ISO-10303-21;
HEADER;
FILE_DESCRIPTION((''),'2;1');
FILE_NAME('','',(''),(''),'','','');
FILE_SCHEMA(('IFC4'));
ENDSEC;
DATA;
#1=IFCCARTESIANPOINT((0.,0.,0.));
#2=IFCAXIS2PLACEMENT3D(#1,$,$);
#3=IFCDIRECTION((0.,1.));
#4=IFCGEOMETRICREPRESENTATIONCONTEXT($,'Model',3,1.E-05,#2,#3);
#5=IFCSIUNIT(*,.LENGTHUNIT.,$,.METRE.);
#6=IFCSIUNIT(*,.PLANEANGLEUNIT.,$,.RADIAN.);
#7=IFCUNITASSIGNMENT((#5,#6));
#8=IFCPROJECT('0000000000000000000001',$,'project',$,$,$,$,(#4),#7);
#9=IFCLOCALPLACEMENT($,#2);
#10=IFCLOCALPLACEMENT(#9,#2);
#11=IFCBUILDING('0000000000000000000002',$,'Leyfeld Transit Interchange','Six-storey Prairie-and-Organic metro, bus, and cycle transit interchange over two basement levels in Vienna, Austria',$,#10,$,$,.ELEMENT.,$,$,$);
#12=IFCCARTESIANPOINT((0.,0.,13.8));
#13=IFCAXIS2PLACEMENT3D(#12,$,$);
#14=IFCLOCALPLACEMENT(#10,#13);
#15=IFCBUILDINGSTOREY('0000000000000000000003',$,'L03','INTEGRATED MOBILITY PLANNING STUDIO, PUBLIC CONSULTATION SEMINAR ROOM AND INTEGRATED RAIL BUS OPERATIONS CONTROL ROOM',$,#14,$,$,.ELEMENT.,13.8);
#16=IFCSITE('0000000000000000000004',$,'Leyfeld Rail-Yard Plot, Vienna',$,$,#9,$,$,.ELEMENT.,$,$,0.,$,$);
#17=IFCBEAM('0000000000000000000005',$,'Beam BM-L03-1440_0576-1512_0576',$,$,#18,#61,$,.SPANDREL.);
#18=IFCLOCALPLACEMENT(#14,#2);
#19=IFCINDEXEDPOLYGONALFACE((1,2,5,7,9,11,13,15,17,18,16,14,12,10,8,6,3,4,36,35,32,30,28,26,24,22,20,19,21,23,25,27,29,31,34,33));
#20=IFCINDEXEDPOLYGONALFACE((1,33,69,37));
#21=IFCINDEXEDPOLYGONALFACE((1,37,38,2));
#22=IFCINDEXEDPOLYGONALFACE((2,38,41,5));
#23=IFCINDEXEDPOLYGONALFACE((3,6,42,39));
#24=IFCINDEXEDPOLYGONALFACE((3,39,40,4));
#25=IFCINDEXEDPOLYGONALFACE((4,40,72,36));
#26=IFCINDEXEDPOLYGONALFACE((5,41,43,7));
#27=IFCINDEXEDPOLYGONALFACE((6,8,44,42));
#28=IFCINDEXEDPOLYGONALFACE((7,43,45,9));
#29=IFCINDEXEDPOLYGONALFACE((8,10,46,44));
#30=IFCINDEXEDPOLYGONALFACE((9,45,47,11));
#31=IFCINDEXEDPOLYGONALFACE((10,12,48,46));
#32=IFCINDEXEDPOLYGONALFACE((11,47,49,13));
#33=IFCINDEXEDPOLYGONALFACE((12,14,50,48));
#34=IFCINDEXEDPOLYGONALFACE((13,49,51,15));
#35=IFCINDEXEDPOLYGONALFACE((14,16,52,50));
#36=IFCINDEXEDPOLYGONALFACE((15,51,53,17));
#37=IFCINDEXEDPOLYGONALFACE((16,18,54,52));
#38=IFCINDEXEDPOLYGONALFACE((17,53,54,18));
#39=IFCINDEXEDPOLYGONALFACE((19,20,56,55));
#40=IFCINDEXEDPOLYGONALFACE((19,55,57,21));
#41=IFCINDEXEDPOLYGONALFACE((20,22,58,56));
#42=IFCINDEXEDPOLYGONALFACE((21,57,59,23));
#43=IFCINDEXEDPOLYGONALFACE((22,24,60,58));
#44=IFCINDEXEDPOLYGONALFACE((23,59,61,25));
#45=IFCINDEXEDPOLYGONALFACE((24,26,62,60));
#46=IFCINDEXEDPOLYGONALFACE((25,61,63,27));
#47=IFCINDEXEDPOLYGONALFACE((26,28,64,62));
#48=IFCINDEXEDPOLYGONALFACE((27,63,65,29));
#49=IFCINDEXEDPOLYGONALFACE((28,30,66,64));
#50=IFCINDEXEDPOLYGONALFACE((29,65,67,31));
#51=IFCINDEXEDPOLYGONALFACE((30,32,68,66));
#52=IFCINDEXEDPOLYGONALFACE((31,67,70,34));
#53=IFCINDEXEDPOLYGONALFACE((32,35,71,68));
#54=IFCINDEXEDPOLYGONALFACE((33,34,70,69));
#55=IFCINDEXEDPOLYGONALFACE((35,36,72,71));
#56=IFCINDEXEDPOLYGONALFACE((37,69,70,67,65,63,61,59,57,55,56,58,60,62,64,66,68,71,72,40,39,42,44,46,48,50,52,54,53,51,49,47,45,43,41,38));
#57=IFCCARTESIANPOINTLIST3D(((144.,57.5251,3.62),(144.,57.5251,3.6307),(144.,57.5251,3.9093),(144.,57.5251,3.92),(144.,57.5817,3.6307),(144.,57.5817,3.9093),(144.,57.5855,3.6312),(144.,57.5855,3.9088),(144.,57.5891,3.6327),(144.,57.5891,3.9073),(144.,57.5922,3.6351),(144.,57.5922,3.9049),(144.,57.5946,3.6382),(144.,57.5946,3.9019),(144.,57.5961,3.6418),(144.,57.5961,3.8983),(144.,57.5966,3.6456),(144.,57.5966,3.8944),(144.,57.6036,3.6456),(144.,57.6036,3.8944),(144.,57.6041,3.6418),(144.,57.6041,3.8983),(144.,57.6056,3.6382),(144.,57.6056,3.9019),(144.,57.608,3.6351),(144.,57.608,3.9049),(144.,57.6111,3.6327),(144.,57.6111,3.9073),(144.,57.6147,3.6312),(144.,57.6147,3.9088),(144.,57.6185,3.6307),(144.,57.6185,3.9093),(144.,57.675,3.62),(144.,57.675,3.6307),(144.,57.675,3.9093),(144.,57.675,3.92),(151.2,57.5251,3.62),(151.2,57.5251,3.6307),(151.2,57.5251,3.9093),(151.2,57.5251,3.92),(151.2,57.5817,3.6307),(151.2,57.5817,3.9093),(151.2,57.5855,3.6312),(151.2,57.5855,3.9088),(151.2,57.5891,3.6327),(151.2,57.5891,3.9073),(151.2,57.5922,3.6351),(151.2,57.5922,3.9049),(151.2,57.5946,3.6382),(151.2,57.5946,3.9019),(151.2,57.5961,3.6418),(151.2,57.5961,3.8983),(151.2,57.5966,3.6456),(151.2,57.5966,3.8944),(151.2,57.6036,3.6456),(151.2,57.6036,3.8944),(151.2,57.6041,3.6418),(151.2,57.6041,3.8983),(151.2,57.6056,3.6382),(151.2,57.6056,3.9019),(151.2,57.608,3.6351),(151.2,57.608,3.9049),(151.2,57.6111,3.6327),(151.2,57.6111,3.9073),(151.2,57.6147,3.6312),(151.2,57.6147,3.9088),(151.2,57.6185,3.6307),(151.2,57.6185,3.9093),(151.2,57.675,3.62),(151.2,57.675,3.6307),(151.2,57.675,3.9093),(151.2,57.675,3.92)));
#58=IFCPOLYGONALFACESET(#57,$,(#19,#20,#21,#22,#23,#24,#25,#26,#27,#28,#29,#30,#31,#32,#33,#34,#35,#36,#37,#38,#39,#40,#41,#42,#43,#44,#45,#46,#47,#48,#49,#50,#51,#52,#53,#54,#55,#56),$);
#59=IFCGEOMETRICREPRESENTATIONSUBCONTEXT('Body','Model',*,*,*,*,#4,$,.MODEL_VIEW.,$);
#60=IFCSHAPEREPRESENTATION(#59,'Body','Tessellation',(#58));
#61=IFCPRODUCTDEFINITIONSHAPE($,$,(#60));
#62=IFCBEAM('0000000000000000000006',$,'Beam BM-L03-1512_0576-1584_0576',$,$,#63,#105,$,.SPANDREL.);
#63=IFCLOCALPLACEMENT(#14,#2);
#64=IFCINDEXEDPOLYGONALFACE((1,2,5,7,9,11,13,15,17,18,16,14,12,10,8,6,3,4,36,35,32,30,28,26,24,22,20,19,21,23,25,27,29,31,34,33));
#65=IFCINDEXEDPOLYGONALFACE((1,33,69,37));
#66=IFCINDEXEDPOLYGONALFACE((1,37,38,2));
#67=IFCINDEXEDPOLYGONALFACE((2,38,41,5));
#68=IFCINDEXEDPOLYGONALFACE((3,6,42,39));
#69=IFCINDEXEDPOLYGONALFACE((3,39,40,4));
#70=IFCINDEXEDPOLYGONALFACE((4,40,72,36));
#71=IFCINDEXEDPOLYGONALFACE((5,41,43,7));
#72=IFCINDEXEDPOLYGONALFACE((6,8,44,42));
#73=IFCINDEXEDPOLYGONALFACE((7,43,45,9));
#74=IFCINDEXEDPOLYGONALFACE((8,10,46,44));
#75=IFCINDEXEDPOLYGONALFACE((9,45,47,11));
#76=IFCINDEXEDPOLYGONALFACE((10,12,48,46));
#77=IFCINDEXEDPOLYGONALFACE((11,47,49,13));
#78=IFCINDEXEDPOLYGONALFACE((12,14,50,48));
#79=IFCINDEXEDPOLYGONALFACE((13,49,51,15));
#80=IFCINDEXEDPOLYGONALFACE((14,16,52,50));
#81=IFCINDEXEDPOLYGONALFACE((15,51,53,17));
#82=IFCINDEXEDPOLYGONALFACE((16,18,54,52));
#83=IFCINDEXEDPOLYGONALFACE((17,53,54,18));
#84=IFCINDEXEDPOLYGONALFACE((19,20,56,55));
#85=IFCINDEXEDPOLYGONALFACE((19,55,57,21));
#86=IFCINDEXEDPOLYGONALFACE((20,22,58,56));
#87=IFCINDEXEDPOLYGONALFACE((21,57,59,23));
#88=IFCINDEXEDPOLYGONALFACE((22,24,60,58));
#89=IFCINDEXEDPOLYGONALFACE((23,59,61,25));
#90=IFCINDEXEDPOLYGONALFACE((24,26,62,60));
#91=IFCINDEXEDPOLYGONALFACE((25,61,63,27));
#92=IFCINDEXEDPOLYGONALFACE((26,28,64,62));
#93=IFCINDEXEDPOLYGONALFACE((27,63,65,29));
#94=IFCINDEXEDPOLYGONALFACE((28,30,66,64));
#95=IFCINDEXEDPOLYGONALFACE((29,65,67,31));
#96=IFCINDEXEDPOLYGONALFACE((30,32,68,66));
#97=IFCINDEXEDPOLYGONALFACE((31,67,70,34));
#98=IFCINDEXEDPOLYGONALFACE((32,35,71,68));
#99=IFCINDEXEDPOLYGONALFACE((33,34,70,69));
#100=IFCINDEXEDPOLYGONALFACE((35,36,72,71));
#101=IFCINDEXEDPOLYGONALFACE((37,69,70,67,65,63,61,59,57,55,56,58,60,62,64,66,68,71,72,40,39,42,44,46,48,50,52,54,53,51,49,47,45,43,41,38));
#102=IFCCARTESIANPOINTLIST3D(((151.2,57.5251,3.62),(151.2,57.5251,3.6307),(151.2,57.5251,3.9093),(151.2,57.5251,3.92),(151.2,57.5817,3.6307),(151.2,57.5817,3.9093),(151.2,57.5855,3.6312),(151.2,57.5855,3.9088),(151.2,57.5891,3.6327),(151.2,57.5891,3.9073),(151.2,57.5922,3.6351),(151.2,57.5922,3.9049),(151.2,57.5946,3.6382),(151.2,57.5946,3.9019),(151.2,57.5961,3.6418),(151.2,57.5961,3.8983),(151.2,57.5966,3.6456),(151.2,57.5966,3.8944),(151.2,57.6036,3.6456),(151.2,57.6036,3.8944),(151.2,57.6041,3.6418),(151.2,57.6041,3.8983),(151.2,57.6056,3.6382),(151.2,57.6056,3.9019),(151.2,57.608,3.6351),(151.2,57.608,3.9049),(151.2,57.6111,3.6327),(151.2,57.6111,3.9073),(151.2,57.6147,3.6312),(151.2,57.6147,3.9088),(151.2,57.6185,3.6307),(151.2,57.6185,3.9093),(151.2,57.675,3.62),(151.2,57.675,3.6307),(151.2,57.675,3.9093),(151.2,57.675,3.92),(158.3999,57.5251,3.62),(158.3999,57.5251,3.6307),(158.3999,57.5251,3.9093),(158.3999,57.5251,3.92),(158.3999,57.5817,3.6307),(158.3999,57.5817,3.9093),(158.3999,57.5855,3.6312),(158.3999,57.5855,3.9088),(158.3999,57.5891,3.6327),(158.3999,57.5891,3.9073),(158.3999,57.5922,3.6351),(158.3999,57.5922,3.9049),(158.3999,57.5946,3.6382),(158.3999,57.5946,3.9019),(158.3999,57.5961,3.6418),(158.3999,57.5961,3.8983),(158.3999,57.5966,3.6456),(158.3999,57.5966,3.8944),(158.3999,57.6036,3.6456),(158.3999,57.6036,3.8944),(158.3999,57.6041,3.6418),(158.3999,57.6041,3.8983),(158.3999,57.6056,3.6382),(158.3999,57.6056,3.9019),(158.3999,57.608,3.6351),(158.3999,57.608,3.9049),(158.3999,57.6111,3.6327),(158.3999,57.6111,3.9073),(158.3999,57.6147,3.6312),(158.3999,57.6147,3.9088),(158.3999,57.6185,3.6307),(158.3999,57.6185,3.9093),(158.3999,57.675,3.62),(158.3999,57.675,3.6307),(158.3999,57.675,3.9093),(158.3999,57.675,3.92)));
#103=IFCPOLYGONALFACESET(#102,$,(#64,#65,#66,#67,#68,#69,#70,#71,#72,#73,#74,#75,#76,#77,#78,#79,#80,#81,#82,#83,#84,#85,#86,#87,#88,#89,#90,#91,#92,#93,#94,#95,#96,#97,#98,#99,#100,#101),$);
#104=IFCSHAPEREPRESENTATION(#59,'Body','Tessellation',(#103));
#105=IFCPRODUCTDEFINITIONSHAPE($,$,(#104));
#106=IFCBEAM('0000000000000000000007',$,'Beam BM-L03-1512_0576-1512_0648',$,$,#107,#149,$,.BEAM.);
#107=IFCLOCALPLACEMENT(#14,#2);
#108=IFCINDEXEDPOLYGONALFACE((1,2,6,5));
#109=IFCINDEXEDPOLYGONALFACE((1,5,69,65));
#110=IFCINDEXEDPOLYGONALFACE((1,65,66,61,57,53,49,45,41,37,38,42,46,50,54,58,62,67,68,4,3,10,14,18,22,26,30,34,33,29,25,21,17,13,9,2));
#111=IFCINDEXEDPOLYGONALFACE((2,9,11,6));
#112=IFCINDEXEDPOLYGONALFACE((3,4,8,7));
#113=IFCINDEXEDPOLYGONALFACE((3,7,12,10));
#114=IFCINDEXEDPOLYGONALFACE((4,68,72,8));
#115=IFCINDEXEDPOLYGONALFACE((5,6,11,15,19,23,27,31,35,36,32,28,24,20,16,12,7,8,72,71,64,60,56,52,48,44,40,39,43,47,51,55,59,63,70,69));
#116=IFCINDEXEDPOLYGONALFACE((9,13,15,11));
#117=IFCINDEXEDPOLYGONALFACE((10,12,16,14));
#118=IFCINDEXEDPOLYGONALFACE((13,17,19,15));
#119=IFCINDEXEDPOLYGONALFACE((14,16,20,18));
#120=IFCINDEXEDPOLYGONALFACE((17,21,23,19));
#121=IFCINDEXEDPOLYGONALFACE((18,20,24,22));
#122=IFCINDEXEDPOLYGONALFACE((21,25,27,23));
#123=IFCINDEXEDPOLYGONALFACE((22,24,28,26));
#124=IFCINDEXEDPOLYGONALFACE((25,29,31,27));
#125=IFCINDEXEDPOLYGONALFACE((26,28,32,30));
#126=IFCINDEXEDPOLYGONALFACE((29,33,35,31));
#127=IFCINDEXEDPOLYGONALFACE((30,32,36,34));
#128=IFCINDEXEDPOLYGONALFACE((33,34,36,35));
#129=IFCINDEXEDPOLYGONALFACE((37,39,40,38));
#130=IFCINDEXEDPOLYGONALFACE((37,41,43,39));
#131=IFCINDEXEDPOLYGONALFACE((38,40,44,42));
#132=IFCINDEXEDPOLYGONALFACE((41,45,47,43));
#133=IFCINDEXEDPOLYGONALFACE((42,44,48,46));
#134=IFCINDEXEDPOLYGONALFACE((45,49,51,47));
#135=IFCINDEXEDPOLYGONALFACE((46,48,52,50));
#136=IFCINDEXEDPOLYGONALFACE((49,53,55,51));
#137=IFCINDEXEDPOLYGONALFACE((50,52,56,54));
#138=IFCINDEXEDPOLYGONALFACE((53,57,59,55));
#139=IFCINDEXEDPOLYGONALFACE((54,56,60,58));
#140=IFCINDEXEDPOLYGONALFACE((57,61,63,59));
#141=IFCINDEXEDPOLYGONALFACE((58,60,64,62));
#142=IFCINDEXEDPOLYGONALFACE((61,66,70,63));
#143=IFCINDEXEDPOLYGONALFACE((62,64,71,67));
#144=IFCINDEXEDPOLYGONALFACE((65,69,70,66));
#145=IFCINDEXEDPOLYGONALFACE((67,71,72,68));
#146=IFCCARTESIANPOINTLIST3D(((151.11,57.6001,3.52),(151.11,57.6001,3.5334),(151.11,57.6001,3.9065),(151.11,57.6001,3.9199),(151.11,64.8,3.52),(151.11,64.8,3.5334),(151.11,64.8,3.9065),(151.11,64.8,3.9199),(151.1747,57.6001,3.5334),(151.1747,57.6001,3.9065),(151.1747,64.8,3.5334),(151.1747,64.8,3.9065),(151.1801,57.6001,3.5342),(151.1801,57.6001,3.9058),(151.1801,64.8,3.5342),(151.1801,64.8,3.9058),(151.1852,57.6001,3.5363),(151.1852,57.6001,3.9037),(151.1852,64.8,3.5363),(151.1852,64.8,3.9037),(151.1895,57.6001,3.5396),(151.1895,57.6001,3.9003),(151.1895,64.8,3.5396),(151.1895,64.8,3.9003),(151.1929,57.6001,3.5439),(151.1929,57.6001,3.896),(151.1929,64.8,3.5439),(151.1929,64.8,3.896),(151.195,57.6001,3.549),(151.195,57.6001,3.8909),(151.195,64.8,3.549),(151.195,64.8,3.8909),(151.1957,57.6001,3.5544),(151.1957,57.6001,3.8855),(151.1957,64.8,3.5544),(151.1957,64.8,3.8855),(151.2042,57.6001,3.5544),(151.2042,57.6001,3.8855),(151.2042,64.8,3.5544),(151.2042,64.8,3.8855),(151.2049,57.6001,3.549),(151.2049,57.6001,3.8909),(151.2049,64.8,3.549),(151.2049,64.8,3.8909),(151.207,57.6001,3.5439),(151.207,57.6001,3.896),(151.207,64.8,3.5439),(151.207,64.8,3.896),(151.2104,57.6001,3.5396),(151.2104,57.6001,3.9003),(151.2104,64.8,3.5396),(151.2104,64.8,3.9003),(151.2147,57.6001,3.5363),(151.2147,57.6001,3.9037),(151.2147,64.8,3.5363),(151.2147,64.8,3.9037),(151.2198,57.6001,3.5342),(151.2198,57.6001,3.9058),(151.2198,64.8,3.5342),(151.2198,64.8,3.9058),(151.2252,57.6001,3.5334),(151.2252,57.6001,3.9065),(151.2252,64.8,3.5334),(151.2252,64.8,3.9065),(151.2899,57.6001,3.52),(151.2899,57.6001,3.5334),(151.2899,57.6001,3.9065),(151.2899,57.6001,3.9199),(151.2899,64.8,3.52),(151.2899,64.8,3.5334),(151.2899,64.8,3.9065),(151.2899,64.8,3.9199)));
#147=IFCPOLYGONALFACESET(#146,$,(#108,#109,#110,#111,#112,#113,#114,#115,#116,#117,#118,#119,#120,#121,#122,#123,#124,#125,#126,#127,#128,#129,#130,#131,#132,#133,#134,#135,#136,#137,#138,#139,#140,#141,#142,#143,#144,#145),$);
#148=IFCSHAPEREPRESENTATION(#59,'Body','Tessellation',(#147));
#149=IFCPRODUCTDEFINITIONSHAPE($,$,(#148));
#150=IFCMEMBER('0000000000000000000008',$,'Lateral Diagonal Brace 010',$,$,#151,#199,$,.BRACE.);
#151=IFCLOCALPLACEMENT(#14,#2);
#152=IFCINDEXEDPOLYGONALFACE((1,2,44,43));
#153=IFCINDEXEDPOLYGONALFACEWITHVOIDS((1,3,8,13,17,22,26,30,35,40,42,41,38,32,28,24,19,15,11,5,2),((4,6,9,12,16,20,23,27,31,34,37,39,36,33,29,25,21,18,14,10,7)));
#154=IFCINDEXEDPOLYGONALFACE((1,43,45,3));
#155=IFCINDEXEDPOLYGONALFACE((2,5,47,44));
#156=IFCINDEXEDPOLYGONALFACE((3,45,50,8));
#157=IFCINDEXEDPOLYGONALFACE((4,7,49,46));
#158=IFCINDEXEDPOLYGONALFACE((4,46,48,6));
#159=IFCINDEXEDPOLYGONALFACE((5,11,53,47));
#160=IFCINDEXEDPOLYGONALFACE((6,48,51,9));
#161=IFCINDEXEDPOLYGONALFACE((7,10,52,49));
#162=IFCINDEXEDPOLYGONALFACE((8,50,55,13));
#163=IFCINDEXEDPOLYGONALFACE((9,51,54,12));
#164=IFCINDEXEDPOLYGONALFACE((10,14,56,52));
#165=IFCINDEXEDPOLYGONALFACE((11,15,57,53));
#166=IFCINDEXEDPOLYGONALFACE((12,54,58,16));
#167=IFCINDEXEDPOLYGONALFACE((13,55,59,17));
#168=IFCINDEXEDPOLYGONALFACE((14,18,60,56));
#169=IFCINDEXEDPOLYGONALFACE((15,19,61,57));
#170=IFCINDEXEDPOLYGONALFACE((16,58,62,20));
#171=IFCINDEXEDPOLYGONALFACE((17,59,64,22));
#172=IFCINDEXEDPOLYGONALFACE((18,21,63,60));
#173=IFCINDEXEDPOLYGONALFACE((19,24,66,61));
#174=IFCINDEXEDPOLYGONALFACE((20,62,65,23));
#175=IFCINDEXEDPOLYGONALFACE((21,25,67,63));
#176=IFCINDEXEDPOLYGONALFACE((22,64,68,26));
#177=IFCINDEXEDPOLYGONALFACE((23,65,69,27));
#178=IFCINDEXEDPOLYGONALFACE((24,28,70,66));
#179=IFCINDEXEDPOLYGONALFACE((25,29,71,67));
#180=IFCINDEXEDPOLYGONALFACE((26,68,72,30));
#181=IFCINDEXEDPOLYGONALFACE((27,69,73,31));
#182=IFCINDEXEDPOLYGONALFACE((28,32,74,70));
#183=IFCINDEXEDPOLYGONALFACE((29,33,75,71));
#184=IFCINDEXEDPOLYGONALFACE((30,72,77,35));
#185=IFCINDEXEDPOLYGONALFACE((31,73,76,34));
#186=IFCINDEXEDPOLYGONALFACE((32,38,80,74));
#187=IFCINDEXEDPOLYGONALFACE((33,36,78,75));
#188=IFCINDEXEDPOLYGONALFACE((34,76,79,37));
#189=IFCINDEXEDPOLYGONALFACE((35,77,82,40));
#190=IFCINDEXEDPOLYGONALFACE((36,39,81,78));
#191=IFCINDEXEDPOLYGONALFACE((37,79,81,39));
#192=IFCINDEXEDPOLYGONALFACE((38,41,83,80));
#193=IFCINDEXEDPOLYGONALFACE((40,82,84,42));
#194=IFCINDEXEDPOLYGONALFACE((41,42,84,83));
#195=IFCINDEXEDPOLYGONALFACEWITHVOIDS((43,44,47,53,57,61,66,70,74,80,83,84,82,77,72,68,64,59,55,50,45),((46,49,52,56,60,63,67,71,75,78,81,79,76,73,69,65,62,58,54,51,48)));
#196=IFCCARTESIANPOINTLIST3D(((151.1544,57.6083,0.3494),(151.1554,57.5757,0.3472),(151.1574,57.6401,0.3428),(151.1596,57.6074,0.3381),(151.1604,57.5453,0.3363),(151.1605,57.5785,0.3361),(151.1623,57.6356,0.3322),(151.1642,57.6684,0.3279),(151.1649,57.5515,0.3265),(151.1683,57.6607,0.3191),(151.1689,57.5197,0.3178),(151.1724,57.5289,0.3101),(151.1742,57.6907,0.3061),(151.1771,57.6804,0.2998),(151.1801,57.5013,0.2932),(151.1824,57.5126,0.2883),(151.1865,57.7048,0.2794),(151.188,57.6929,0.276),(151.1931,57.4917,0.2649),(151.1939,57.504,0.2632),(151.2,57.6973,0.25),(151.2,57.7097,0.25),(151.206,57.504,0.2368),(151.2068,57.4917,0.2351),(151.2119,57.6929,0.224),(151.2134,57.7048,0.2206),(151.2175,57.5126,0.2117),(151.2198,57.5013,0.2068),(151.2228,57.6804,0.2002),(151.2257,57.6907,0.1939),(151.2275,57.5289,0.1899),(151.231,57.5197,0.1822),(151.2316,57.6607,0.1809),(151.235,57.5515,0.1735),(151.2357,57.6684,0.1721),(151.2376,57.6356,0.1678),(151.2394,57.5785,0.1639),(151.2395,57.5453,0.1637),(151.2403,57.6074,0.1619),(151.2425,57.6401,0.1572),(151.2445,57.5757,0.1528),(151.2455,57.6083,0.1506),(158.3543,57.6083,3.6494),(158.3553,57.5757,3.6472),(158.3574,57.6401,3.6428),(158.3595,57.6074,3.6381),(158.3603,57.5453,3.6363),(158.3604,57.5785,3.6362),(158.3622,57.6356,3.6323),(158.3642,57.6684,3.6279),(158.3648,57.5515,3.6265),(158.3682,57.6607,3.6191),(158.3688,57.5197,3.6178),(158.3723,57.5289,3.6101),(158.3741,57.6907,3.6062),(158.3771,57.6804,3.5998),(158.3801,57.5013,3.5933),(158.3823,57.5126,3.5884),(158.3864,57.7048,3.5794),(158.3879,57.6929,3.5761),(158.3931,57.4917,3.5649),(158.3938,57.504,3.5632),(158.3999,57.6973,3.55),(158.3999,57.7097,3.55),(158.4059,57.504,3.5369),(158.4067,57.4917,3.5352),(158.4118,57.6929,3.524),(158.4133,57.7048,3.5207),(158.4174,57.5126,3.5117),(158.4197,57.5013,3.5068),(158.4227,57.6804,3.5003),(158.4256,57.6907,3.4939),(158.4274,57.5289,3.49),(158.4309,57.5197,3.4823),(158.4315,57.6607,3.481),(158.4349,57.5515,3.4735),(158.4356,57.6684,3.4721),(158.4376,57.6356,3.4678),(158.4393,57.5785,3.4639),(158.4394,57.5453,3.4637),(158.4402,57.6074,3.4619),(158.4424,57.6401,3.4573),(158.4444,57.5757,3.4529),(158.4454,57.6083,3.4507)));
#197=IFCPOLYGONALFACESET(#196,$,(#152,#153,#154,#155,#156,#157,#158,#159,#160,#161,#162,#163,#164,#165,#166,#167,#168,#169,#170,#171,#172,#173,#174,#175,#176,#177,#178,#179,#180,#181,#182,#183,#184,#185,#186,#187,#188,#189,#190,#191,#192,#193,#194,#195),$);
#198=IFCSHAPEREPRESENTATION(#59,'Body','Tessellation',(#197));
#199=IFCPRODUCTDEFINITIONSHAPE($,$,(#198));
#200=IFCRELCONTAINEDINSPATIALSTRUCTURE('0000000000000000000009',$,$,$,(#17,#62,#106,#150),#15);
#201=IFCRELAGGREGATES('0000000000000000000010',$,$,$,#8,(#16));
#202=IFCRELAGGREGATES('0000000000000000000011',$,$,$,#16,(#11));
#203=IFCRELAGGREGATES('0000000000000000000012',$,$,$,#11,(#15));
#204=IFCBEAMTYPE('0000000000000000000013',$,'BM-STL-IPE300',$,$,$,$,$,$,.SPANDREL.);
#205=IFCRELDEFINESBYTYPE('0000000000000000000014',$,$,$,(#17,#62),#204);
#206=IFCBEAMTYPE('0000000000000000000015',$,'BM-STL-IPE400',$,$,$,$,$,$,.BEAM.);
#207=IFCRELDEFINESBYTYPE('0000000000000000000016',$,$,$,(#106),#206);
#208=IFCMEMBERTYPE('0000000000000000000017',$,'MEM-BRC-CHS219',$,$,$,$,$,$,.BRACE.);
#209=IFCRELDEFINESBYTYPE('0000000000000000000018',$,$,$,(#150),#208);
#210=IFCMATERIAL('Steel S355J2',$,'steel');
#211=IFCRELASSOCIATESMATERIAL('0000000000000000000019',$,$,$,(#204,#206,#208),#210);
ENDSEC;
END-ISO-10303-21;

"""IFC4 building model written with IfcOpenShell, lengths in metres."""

from ifc_helpers import new_model, si_unit, direction, frame, origin, origin_2d, place, context, subcontext, project, spatial, hollow_circle, i_section, extrude, material, material_profile, profile_set, type_object, element, save


model = new_model("IFC4")

# Units and contexts
model_context = context("Model", 3, precision=1e-05, world=origin(), true_north=direction((0.0, 1.0)))
body_context = subcontext(model_context, "Body", "Model", "MODEL_VIEW")
ifc_project = project(units=[si_unit("LENGTHUNIT", "METRE"), si_unit("PLANEANGLEUNIT", "RADIAN")], contexts=[model_context])

# Site, building, storey
site_placement = place(None, origin())
site = spatial("IfcSite", under=ifc_project, at=site_placement, Name="Leyfeld Rail-Yard Plot, Vienna", CompositionType="ELEMENT", RefElevation=0.0)
building_placement = place(site_placement, origin())
building = spatial("IfcBuilding", under=site, at=building_placement, Name="Leyfeld Transit Interchange", Description="Six-storey Prairie-and-Organic metro, bus, and cycle transit interchange over two basement levels in Vienna, Austria", CompositionType="ELEMENT")
storey_placement = place(building_placement, frame((0.0, 0.0, 13.8)))
storey = spatial("IfcBuildingStorey", under=building, at=storey_placement, Name="L03", Description="INTEGRATED MOBILITY PLANNING STUDIO, PUBLIC CONSULTATION SEMINAR ROOM AND INTEGRATED RAIL BUS OPERATIONS CONTROL ROOM", CompositionType="ELEMENT", Elevation=13.8)

# Shared definitions
ifc_material_1 = material(Name="Steel S355J2", Category="steel")

# Beams
ifc_material_profile_1 = material_profile(ifc_material_1, i_section(OverallWidth=0.1499, OverallDepth=0.3, WebThickness=0.0071, FlangeThickness=0.0107, FilletRadius=0.0149, at=origin_2d()), Name="IPE 300")
ifc_profile_set_1 = profile_set([ifc_material_profile_1], Name="Steel S355J2")
beam_type_1 = type_object("IfcBeamType", Name="BM-STL-IPE300", PredefinedType="SPANDREL", material=ifc_profile_set_1)
for number, where, z_axis, x_axis, name in (
    (1, (144.0, 57.6001, 3.77), (1.0, 0.0, 0.0), (0.0, 1.0, 0.0), "Beam BM-L03-1440_0576-1512_0576"),
    (2, (151.2, 57.6001, 3.77), (1.0, 0.0, 0.0), (0.0, 1.0, 0.0), "Beam BM-L03-1512_0576-1584_0576"),
):
    element("IfcBeam", number, at=place(storey_placement, frame(where, z_axis=z_axis, x_axis=x_axis)), inside=storey, type_object=beam_type_1, Name=name, PredefinedType="SPANDREL", context=body_context, shape_type="SweptSolid", body=[
        extrude(i_section(OverallWidth=0.1499, OverallDepth=0.3, WebThickness=0.0071, FlangeThickness=0.0107, FilletRadius=0.0149, at=origin_2d()), origin(), (0.0, 0.0, 1.0), 7.2),
    ])
ifc_material_profile_2 = material_profile(ifc_material_1, i_section(OverallWidth=0.1799, OverallDepth=0.3999, WebThickness=0.0085, FlangeThickness=0.0134, FilletRadius=0.021, at=origin_2d()), Name="IPE 400")
ifc_profile_set_2 = profile_set([ifc_material_profile_2], Name="Steel S355J2")
beam_type_2 = type_object("IfcBeamType", Name="BM-STL-IPE400", PredefinedType="BEAM", material=ifc_profile_set_2)
beam_1_placement = place(storey_placement, frame((151.2, 57.6001, 3.72), z_axis=(0.0, 1.0, 0.0), x_axis=(-1.0, 0.0, 0.0)))
element("IfcBeam", 3, at=beam_1_placement, inside=storey, type_object=beam_type_2, Name="Beam BM-L03-1512_0576-1512_0648", PredefinedType="BEAM", context=body_context, shape_type="SweptSolid", body=[
    extrude(i_section(OverallWidth=0.1799, OverallDepth=0.3999, WebThickness=0.0085, FlangeThickness=0.0134, FilletRadius=0.021, at=origin_2d()), origin(), (0.0, 0.0, 1.0), 7.2),
])

# Member
ifc_material_profile_3 = material_profile(ifc_material_1, hollow_circle(Radius=0.1096, WallThickness=0.0125, at=origin_2d()), Name="CHS 219.1x12.5")
ifc_profile_set_3 = profile_set([ifc_material_profile_3], Name="Steel S355J2")
member_type = type_object("IfcMemberType", Name="MEM-BRC-CHS219", PredefinedType="BRACE", material=ifc_profile_set_3)
member_placement = place(storey_placement, frame((151.2, 57.6001, 0.25), z_axis=(0.909061, 0.0, 0.416662), x_axis=(0.0, 1.0, 0.0)))
element("IfcMember", 4, at=member_placement, inside=storey, type_object=member_type, Name="Lateral Diagonal Brace 010", PredefinedType="BRACE", context=body_context, shape_type="SweptSolid", body=[
    extrude(hollow_circle(Radius=0.1096, WallThickness=0.0125, at=origin_2d()), origin(), (0.0, 0.0, 1.0), 7.9202),
])

save(model, "model.ifc")
